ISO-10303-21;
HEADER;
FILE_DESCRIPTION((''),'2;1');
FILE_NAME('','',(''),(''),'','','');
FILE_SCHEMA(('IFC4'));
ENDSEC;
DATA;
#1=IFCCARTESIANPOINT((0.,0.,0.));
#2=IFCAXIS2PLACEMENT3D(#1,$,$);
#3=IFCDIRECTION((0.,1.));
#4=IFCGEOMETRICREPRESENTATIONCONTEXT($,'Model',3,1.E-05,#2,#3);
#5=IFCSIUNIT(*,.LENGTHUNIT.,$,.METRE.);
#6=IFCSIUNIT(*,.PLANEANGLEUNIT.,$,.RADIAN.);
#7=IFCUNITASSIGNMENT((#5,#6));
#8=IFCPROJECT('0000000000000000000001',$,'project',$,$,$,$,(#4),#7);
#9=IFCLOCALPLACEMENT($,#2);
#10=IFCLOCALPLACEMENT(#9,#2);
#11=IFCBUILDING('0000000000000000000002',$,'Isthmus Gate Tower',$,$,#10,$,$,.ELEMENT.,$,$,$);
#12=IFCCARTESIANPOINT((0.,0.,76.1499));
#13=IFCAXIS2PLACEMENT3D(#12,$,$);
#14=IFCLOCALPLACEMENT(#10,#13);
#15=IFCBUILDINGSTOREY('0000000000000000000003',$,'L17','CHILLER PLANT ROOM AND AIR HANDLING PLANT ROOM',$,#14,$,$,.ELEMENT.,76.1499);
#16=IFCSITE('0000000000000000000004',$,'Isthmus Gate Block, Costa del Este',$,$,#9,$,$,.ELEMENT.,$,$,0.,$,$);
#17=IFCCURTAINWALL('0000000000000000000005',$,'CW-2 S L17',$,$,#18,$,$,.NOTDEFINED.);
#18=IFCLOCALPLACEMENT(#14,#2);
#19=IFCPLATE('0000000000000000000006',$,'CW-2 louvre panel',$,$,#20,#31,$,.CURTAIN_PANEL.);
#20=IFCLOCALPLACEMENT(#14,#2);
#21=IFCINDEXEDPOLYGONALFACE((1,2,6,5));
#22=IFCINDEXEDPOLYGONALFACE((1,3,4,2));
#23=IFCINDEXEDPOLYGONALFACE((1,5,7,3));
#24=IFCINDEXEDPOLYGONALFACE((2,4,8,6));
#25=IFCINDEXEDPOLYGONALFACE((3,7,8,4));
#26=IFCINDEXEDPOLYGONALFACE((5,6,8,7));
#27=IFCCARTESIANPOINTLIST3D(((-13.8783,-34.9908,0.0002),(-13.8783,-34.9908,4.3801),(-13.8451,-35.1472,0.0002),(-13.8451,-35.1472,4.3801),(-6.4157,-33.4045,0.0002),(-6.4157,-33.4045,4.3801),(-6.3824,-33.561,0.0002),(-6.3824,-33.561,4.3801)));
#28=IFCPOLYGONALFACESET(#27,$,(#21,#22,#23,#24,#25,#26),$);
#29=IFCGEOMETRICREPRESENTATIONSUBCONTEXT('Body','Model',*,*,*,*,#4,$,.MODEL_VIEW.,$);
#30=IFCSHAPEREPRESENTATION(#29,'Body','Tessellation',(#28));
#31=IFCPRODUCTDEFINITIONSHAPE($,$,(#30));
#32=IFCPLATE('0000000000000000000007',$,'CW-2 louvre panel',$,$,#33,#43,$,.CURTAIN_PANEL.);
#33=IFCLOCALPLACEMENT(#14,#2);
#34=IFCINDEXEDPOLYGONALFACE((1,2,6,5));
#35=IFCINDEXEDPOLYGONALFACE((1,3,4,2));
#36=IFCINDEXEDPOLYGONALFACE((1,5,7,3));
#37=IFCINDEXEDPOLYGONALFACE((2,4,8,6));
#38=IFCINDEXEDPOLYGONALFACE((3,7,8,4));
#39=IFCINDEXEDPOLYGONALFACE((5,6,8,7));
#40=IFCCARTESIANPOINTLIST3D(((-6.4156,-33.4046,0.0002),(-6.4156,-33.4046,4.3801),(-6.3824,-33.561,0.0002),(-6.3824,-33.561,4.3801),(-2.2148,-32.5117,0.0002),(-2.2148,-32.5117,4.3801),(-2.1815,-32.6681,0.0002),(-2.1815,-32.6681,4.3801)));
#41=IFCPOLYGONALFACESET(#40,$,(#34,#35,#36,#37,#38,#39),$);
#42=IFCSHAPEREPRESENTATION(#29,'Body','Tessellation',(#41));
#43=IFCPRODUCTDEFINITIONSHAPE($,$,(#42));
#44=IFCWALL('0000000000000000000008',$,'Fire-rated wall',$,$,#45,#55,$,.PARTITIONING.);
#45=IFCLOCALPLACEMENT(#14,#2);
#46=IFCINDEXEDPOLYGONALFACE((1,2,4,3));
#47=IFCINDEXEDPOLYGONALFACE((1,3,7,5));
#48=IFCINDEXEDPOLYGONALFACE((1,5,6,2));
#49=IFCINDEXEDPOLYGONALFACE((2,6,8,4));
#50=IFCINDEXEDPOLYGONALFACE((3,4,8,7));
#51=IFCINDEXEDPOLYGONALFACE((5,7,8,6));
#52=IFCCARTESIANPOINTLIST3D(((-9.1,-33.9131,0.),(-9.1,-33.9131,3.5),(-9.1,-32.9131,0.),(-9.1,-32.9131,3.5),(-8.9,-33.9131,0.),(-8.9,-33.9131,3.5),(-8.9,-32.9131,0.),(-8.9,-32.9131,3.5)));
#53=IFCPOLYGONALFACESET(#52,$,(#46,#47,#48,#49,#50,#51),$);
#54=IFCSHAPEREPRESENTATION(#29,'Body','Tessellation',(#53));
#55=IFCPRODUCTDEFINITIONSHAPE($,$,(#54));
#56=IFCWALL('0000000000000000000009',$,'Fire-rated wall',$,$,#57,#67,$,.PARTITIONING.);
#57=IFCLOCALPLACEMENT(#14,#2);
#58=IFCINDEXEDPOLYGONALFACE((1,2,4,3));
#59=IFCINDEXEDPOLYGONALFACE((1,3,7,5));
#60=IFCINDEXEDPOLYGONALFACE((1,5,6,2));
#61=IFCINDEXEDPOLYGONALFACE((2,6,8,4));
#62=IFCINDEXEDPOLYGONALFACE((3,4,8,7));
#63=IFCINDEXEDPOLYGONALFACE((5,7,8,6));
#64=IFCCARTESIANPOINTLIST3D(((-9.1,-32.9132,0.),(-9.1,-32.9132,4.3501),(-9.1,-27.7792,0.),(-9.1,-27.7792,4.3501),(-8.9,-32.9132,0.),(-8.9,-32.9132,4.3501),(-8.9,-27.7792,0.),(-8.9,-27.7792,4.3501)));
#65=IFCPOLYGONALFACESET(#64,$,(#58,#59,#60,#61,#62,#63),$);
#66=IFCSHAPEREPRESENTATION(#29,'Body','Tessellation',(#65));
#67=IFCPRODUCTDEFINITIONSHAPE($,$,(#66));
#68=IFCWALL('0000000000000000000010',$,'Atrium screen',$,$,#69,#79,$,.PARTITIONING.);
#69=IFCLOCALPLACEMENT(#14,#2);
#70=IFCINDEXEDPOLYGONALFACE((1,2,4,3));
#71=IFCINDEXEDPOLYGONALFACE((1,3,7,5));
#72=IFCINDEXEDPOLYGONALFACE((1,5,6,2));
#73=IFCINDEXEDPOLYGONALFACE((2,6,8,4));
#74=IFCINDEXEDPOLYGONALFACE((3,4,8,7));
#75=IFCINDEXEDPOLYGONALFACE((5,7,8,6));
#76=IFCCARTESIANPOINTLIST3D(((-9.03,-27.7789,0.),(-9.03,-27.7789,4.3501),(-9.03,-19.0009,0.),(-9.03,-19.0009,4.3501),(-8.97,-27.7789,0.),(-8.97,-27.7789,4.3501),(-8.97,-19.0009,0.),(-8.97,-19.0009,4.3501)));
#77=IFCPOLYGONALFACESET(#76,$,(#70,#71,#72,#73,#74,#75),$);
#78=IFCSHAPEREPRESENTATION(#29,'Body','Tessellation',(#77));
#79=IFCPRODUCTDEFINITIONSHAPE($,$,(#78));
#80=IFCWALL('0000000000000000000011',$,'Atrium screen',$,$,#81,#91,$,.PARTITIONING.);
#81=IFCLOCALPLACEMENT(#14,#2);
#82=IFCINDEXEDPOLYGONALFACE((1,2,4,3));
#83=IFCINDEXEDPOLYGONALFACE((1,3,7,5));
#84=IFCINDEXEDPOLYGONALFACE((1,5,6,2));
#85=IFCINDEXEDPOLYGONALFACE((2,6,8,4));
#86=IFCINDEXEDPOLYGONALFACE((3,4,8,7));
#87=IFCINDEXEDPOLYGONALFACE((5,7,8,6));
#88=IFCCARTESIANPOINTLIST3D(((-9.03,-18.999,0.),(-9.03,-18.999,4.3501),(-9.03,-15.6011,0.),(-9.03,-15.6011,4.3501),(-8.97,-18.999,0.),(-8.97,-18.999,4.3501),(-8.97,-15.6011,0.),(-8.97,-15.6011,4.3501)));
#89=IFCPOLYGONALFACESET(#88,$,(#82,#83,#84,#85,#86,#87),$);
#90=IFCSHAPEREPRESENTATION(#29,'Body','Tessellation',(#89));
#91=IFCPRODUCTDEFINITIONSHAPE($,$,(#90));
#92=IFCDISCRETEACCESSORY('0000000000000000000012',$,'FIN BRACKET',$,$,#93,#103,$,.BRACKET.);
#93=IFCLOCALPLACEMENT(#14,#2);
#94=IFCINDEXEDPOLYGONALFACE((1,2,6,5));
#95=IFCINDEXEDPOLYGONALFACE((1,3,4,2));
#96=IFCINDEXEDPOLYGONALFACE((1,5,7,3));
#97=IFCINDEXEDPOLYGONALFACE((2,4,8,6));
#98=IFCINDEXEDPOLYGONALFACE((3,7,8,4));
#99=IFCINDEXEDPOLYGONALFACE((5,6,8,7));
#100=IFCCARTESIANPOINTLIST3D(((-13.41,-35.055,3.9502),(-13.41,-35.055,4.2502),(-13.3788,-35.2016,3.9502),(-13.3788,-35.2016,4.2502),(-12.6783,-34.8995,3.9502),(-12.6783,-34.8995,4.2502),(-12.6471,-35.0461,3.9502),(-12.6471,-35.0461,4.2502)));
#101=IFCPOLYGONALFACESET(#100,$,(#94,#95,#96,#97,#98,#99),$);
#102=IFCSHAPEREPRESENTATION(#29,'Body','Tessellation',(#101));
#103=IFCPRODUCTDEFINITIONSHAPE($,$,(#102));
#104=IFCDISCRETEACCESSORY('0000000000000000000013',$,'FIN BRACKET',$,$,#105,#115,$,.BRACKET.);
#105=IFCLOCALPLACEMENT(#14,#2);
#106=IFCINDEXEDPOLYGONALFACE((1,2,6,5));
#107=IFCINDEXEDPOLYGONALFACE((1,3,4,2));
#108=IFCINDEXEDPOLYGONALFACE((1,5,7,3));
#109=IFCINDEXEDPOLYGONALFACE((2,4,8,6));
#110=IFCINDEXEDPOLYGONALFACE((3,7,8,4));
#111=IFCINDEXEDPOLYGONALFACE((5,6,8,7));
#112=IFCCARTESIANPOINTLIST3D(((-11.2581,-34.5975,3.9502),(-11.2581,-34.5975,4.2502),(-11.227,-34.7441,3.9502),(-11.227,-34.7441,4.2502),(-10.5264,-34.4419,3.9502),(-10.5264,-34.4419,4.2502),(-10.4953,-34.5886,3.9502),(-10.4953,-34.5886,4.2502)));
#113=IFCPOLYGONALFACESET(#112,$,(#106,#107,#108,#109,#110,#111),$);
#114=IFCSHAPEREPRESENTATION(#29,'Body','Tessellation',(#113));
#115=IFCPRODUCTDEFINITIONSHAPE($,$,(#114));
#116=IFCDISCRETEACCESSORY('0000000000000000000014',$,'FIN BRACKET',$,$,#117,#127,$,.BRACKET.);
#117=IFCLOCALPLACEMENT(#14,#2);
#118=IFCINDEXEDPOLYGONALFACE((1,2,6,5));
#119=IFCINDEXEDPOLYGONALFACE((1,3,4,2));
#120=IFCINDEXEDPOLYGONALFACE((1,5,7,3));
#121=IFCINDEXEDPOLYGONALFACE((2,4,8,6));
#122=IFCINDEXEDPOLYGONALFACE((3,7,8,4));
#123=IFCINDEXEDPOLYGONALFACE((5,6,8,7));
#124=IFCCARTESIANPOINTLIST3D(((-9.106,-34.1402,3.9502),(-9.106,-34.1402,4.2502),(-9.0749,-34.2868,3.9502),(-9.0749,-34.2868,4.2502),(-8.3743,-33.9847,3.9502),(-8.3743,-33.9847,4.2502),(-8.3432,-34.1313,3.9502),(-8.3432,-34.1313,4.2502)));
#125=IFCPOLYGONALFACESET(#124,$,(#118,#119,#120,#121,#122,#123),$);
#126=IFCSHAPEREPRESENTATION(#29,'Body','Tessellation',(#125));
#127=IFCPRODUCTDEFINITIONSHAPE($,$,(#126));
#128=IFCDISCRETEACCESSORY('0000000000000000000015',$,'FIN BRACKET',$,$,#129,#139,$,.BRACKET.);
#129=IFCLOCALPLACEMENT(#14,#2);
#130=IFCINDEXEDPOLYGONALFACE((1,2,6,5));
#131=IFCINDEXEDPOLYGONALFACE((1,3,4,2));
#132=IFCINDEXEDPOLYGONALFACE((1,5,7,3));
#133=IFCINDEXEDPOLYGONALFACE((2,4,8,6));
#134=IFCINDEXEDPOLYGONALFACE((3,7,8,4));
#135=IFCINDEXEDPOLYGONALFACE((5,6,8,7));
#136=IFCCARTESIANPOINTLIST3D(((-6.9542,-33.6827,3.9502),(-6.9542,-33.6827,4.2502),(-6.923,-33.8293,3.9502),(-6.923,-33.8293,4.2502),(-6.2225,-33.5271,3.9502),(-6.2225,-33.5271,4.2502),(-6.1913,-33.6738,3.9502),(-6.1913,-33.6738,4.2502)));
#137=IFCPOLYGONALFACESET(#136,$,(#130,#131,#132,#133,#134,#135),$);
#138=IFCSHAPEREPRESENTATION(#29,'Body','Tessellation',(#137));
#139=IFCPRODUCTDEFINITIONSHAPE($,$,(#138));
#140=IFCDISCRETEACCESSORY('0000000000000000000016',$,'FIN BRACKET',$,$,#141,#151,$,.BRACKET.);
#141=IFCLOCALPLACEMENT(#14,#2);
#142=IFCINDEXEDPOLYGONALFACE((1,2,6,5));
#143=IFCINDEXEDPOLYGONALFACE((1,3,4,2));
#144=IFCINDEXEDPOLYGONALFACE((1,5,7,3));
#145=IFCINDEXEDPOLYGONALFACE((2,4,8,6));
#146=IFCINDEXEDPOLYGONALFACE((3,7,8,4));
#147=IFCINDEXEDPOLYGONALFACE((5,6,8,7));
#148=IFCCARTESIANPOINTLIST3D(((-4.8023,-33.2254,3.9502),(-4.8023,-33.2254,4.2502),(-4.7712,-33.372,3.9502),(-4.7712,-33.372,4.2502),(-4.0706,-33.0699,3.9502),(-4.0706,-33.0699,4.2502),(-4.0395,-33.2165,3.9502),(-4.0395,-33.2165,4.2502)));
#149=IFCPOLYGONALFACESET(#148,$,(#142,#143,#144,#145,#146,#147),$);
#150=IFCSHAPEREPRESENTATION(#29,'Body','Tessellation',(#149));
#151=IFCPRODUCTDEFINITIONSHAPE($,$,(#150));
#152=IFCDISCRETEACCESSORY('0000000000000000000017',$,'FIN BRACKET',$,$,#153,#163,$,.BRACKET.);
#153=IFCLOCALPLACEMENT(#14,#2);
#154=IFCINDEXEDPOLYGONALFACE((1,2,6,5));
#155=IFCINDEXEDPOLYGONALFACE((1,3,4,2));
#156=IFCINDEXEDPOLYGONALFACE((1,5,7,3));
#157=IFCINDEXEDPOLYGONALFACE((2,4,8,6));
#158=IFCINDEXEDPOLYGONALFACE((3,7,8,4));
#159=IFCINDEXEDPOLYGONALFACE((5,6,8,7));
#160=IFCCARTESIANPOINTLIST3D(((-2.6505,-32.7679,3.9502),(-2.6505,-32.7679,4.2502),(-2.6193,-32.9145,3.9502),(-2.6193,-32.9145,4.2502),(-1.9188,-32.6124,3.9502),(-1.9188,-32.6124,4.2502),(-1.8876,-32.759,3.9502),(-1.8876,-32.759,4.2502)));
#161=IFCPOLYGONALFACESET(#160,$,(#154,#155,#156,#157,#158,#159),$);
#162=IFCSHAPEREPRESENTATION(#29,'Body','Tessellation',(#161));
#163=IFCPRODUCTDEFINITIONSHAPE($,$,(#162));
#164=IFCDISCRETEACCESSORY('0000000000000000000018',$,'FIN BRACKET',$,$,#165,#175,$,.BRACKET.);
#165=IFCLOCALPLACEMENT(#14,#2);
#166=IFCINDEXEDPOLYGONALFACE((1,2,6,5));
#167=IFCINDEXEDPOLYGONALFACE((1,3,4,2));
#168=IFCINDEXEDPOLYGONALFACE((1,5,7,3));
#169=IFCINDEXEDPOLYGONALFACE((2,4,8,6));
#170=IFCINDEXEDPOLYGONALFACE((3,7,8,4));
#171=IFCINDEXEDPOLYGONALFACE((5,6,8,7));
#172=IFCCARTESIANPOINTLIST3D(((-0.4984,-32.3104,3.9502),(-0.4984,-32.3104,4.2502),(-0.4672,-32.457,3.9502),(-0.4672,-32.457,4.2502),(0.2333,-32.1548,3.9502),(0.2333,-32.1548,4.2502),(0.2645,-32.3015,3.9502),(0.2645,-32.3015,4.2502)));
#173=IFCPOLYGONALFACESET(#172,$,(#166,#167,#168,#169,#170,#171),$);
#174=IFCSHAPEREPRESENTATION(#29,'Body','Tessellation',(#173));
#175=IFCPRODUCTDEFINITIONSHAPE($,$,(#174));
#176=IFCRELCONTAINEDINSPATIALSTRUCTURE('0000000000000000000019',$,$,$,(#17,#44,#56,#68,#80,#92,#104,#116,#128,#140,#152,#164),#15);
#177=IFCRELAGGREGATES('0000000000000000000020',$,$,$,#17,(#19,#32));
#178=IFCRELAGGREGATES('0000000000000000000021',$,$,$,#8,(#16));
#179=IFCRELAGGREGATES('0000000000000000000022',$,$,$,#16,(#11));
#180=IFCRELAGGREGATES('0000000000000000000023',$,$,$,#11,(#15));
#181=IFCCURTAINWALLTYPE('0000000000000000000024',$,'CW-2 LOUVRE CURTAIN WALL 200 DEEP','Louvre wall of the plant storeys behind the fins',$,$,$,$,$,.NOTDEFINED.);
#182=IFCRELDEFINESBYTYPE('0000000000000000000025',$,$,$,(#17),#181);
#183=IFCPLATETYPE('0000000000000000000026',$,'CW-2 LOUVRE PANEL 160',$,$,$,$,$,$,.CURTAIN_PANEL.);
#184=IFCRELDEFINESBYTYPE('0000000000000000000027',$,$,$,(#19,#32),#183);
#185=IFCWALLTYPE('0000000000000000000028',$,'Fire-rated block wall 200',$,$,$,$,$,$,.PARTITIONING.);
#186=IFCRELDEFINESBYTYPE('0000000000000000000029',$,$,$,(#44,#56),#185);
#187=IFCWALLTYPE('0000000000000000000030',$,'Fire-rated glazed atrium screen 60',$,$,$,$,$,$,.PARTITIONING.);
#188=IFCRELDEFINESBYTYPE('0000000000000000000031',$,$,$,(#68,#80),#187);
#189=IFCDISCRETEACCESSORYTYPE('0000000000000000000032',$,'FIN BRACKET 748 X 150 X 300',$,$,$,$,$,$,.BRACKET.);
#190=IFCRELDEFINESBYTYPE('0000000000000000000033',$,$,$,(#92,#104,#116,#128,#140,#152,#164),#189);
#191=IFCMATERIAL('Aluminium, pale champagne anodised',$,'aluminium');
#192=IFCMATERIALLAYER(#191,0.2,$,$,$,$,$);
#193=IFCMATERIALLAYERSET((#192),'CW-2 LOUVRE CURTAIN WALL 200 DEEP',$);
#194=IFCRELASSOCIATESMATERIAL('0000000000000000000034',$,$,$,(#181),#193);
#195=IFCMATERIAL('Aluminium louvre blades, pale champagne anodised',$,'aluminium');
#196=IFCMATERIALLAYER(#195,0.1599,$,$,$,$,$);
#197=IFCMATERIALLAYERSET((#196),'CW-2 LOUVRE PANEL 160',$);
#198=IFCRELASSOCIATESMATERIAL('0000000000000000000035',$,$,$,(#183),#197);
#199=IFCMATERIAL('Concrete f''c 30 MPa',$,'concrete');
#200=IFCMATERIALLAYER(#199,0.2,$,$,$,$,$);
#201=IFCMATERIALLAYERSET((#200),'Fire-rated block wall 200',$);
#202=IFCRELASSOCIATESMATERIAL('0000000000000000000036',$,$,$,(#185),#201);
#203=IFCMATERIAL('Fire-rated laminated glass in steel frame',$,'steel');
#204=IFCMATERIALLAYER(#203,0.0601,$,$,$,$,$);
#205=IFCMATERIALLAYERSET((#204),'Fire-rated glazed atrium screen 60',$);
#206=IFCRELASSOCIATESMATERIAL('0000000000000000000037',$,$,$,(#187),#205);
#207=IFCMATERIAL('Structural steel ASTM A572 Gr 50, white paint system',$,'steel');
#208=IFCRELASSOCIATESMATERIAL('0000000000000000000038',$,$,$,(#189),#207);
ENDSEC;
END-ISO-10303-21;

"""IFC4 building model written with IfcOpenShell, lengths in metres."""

from ifc_helpers import new_model, si_unit, direction, frame, frame_2d, origin, origin_2d, place, context, subcontext, project, spatial, rectangle, extrude, material, layer, layer_set, type_object, element, aggregate, save


model = new_model("IFC4")

# Units and contexts
model_context = context("Model", 3, precision=1e-05, world=origin(), true_north=direction((0.0, 1.0)))
body_context = subcontext(model_context, "Body", "Model", "MODEL_VIEW")
ifc_project = project(units=[si_unit("LENGTHUNIT", "METRE"), si_unit("PLANEANGLEUNIT", "RADIAN")], contexts=[model_context])

# Site, building, storey
site_placement = place(None, origin())
site = spatial("IfcSite", under=ifc_project, at=site_placement, Name="Isthmus Gate Block, Costa del Este", CompositionType="ELEMENT", RefElevation=0.0)
building_placement = place(site_placement, origin())
building = spatial("IfcBuilding", under=site, at=building_placement, Name="Isthmus Gate Tower", CompositionType="ELEMENT")
storey_placement = place(building_placement, frame((0.0, 0.0, 76.1499)))
storey = spatial("IfcBuildingStorey", under=building, at=storey_placement, Name="L17", Description="CHILLER PLANT ROOM AND AIR HANDLING PLANT ROOM", CompositionType="ELEMENT", Elevation=76.1499)

# Curtain wall
ifc_material_1 = material(Name="Aluminium, pale champagne anodised", Category="aluminium")
ifc_layer_1 = layer(ifc_material_1, 0.2)
ifc_layer_set_1 = layer_set([ifc_layer_1], Name="CW-2 LOUVRE CURTAIN WALL 200 DEEP")
curtain_wall_type = type_object("IfcCurtainWallType", Name="CW-2 LOUVRE CURTAIN WALL 200 DEEP", Description="Louvre wall of the plant storeys behind the fins", PredefinedType="NOTDEFINED", material=ifc_layer_set_1)
curtain_wall_placement = place(storey_placement, origin())
curtain_wall = element("IfcCurtainWall", 1, at=curtain_wall_placement, inside=storey, type_object=curtain_wall_type, Name="CW-2 S L17", PredefinedType="NOTDEFINED")

# Plates
ifc_material_2 = material(Name="Aluminium louvre blades, pale champagne anodised", Category="aluminium")
ifc_layer_2 = layer(ifc_material_2, 0.1599)
ifc_layer_set_2 = layer_set([ifc_layer_2], Name="CW-2 LOUVRE PANEL 160")
plate_type = type_object("IfcPlateType", Name="CW-2 LOUVRE PANEL 160", PredefinedType="CURTAIN_PANEL", material=ifc_layer_set_2)
plate_1_placement = place(storey_placement, frame((-10.1304, -34.2759, 0.0002), z_axis=(0.0, 0.0, 1.0), x_axis=(0.978148, 0.207912, 0.0)))
plate_1 = element("IfcPlate", 2, at=plate_1_placement, type_object=plate_type, Name="CW-2 louvre panel", PredefinedType="CURTAIN_PANEL", context=body_context, shape_type="SweptSolid", body=[
    extrude(rectangle(XDim=7.6294, YDim=0.1599, at=origin_2d()), origin(), (0.0, 0.0, 1.0), 4.3799),
])
plate_2_placement = place(storey_placement, frame((-4.2986, -33.0364, 0.0002), z_axis=(0.0, 0.0, 1.0), x_axis=(0.978148, 0.207912, 0.0)))
plate_2 = element("IfcPlate", 3, at=plate_2_placement, type_object=plate_type, Name="CW-2 louvre panel", PredefinedType="CURTAIN_PANEL", context=body_context, shape_type="SweptSolid", body=[
    extrude(rectangle(XDim=4.2947, YDim=0.1599, at=origin_2d()), origin(), (0.0, 0.0, 1.0), 4.3799),
])
aggregate(curtain_wall, [plate_1, plate_2])

# Walls
ifc_material_3 = material(Name="Concrete f'c 30 MPa", Category="concrete")
ifc_layer_3 = layer(ifc_material_3, 0.2)
ifc_layer_set_3 = layer_set([ifc_layer_3], Name="Fire-rated block wall 200")
wall_type_1 = type_object("IfcWallType", Name="Fire-rated block wall 200", PredefinedType="PARTITIONING", material=ifc_layer_set_3)
wall_1_placement = place(storey_placement, frame((-9.0, -33.9131, 0.0), z_axis=(0.0, 0.0, 1.0), x_axis=(0.0, 1.0, 0.0)))
element("IfcWall", 4, at=wall_1_placement, inside=storey, type_object=wall_type_1, Name="Fire-rated wall", PredefinedType="PARTITIONING", context=body_context, shape_type="SweptSolid", body=[
    extrude(rectangle(XDim=1.0, YDim=0.2, at=frame_2d((0.5, 0.0))), origin(), (0.0, 0.0, 1.0), 3.5),
])
wall_2_placement = place(storey_placement, frame((-9.0, -32.9131, 0.0), z_axis=(0.0, 0.0, 1.0), x_axis=(0.0, 1.0, 0.0)))
element("IfcWall", 5, at=wall_2_placement, inside=storey, type_object=wall_type_1, Name="Fire-rated wall", PredefinedType="PARTITIONING", context=body_context, shape_type="SweptSolid", body=[
    extrude(rectangle(XDim=5.134, YDim=0.2, at=frame_2d((2.5669, 0.0))), origin(), (0.0, 0.0, 1.0), 4.3501),
])
ifc_material_4 = material(Name="Fire-rated laminated glass in steel frame", Category="steel")
ifc_layer_4 = layer(ifc_material_4, 0.0601)
ifc_layer_set_4 = layer_set([ifc_layer_4], Name="Fire-rated glazed atrium screen 60")
wall_type_2 = type_object("IfcWallType", Name="Fire-rated glazed atrium screen 60", PredefinedType="PARTITIONING", material=ifc_layer_set_4)
wall_3_placement = place(storey_placement, frame((-9.0, -27.7791, 0.0), z_axis=(0.0, 0.0, 1.0), x_axis=(0.0, 1.0, 0.0)))
element("IfcWall", 6, at=wall_3_placement, inside=storey, type_object=wall_type_2, Name="Atrium screen", PredefinedType="PARTITIONING", context=body_context, shape_type="SweptSolid", body=[
    extrude(rectangle(XDim=8.7781, YDim=0.0601, at=frame_2d((4.3892, 0.0))), origin(), (0.0, 0.0, 1.0), 4.3501),
])
wall_4_placement = place(storey_placement, frame((-9.0, -18.999, 0.0), z_axis=(0.0, 0.0, 1.0), x_axis=(0.0, 1.0, 0.0)))
element("IfcWall", 7, at=wall_4_placement, inside=storey, type_object=wall_type_2, Name="Atrium screen", PredefinedType="PARTITIONING", context=body_context, shape_type="SweptSolid", body=[
    extrude(rectangle(XDim=3.3979, YDim=0.0601, at=frame_2d((1.699, 0.0))), origin(), (0.0, 0.0, 1.0), 4.3501),
])

# Discrete accessories
ifc_material_5 = material(Name="Structural steel ASTM A572 Gr 50, white paint system", Category="steel")
discrete_accessory_type = type_object("IfcDiscreteAccessoryType", Name="FIN BRACKET 748 X 150 X 300", PredefinedType="BRACKET", material=ifc_material_5)
for number, where, z_axis, x_axis, name in (
    (8, (-13.0286, -35.0505, 3.9502), (0.0, 0.0, 1.0), (0.207912, -0.978148, 0.0), "FIN BRACKET"),
    (9, (-10.8767, -34.593, 3.9502), (0.0, 0.0, 1.0), (0.207912, -0.978148, 0.0), "FIN BRACKET"),
    (10, (-8.7246, -34.1357, 3.9502), (0.0, 0.0, 1.0), (0.207912, -0.978148, 0.0), "FIN BRACKET"),
    (11, (-6.5728, -33.6782, 3.9502), (0.0, 0.0, 1.0), (0.207912, -0.978148, 0.0), "FIN BRACKET"),
    (12, (-4.4209, -33.2209, 3.9502), (0.0, 0.0, 1.0), (0.207912, -0.978148, 0.0), "FIN BRACKET"),
    (13, (-2.269, -32.7634, 3.9502), (0.0, 0.0, 1.0), (0.207912, -0.978148, 0.0), "FIN BRACKET"),
    (14, (-0.1169, -32.3059, 3.9502), (0.0, 0.0, 1.0), (0.207912, -0.978148, 0.0), "FIN BRACKET"),
):
    element("IfcDiscreteAccessory", number, at=place(storey_placement, frame(where, z_axis=z_axis, x_axis=x_axis)), inside=storey, type_object=discrete_accessory_type, Name=name, PredefinedType="BRACKET", context=body_context, shape_type="SweptSolid", body=[
        extrude(rectangle(XDim=0.1499, YDim=0.748, at=origin_2d()), origin(), (0.0, 0.0, 1.0), 0.3),
    ])

save(model, "model.ifc")
